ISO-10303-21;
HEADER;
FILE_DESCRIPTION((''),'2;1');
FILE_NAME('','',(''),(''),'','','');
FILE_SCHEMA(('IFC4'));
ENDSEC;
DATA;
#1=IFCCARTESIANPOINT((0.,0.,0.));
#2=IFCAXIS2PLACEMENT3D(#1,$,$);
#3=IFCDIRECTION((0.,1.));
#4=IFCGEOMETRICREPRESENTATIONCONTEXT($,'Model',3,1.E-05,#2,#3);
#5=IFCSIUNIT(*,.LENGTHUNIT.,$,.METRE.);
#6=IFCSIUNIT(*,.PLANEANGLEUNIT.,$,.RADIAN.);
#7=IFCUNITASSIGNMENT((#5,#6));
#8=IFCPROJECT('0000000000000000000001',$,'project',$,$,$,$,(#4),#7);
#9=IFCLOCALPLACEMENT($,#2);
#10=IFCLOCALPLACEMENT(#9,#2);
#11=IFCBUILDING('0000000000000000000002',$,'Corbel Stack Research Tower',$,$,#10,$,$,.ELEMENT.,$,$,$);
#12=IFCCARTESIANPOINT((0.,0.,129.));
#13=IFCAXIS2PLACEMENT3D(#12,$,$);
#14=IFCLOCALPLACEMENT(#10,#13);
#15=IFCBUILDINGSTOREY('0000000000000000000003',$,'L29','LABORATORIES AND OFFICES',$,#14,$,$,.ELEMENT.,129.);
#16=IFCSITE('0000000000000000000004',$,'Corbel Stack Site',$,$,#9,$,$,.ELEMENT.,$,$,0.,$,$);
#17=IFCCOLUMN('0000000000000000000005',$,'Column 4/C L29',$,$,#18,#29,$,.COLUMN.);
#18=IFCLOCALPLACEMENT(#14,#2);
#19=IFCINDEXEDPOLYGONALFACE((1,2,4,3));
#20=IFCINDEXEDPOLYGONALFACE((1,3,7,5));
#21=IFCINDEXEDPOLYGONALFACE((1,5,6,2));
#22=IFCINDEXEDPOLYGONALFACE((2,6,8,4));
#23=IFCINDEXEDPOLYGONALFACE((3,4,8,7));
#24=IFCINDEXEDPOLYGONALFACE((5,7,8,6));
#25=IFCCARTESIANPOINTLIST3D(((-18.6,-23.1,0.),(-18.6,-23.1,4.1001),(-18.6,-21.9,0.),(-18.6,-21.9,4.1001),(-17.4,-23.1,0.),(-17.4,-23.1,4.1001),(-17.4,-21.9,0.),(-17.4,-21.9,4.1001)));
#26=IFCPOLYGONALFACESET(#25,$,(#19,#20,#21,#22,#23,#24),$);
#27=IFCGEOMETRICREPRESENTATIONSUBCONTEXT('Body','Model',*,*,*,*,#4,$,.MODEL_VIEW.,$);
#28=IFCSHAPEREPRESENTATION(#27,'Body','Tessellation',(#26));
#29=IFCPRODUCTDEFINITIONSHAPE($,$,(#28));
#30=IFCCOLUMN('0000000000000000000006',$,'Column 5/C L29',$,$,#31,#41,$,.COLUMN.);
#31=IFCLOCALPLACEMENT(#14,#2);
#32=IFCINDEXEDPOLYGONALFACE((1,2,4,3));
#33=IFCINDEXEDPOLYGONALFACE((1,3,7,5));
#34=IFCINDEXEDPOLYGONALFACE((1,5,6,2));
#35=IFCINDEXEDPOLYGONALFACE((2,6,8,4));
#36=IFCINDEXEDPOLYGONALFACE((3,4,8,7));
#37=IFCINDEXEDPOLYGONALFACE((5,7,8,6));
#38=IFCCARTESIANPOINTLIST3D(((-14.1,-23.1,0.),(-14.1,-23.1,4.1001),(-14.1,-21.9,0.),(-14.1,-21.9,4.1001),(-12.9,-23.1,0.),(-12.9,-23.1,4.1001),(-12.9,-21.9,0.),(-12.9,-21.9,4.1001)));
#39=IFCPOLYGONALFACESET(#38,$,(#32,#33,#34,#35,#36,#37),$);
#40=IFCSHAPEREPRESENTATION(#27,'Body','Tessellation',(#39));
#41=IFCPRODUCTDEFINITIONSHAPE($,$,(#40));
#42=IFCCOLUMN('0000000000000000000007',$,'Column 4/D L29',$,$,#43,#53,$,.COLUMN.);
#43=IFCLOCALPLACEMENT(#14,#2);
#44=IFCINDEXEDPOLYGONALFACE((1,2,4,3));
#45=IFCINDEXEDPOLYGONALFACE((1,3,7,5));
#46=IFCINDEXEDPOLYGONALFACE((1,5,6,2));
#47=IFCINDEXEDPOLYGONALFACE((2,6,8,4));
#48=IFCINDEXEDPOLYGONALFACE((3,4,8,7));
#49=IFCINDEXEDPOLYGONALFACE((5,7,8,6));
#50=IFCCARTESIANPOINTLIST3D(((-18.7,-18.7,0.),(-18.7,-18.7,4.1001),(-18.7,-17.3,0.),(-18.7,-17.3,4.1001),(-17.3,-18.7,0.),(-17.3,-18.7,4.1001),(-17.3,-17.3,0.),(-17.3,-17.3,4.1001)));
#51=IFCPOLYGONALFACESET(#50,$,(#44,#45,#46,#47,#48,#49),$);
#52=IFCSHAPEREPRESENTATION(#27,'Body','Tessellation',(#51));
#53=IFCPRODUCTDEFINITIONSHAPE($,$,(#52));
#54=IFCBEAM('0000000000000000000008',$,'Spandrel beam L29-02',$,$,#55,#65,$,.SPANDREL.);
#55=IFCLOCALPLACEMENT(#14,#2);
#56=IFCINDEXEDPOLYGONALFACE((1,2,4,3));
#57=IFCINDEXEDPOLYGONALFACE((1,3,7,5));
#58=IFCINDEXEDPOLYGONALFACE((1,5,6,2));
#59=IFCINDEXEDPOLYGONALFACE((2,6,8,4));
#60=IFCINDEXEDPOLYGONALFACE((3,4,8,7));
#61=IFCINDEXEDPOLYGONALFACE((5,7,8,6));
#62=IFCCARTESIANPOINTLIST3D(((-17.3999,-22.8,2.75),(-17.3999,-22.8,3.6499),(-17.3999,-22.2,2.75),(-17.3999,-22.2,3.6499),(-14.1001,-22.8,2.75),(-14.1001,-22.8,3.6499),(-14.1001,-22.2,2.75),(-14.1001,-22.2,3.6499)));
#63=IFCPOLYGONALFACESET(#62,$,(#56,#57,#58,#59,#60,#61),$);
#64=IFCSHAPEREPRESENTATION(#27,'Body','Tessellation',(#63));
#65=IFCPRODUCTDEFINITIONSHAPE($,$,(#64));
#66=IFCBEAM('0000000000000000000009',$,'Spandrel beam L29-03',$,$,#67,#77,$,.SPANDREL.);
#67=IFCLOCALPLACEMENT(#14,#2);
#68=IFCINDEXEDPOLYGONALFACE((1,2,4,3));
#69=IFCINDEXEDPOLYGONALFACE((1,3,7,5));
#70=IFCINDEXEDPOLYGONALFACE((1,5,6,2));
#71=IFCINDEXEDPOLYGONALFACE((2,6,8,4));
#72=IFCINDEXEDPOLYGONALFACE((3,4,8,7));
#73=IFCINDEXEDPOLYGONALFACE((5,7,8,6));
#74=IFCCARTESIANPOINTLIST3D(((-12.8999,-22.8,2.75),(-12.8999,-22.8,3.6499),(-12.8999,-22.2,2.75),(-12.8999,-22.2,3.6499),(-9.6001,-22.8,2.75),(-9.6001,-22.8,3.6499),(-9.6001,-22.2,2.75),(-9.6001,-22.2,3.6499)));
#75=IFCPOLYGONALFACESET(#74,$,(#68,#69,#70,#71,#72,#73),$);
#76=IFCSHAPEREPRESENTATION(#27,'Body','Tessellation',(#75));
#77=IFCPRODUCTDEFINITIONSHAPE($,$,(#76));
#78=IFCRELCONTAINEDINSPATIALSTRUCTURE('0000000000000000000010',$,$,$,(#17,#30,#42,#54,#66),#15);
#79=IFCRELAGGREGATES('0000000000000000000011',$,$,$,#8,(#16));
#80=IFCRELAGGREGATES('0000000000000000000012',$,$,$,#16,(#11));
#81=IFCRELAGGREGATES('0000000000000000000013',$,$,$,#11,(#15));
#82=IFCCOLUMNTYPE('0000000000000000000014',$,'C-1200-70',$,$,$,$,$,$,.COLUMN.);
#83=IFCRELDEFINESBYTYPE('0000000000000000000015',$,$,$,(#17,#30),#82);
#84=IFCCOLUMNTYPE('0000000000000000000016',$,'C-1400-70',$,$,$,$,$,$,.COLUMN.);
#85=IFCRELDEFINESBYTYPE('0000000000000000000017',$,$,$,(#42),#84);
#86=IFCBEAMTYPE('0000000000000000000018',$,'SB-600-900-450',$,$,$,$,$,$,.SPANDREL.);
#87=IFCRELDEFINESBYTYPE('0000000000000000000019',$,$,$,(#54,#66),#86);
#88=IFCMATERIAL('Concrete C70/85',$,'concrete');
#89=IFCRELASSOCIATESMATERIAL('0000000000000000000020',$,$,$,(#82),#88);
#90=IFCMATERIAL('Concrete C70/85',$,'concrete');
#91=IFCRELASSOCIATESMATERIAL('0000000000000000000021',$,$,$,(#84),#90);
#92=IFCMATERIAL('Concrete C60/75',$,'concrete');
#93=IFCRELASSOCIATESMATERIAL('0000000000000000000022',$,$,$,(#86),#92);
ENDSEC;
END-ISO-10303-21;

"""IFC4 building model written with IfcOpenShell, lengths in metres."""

from ifc_helpers import new_model, si_unit, direction, frame, origin, origin_2d, place, context, subcontext, project, spatial, rectangle, extrude, material, material_profile, profile_set, type_object, element, save


model = new_model("IFC4")

# Units and contexts
model_context = context("Model", 3, precision=1e-05, world=origin(), true_north=direction((0.0, 1.0)))
body_context = subcontext(model_context, "Body", "Model", "MODEL_VIEW")
ifc_project = project(units=[si_unit("LENGTHUNIT", "METRE"), si_unit("PLANEANGLEUNIT", "RADIAN")], contexts=[model_context])

# Site, building, storey
site_placement = place(None, origin())
site = spatial("IfcSite", under=ifc_project, at=site_placement, Name="Corbel Stack Site", CompositionType="ELEMENT", RefElevation=0.0)
building_placement = place(site_placement, origin())
building = spatial("IfcBuilding", under=site, at=building_placement, Name="Corbel Stack Research Tower", CompositionType="ELEMENT")
storey_placement = place(building_placement, frame((0.0, 0.0, 129.0)))
storey = spatial("IfcBuildingStorey", under=building, at=storey_placement, Name="L29", Description="LABORATORIES AND OFFICES", CompositionType="ELEMENT", Elevation=129.0)

# Columns
ifc_material_1 = material(Name="Concrete C70/85", Category="concrete")
ifc_material_profile_1 = material_profile(ifc_material_1, rectangle(XDim=1.2, YDim=1.2, at=origin_2d()), Name="RC 1200 x 1200")
ifc_profile_set_1 = profile_set([ifc_material_profile_1], Name="Concrete C70/85")
column_type_1 = type_object("IfcColumnType", Name="C-1200-70", PredefinedType="COLUMN", material=ifc_profile_set_1)
for number, where, z_axis, x_axis, name in (
    (1, (-18.0, -22.5, 0.0), (0.0, 0.0, 1.0), (1.0, 0.0, 0.0), "Column 4/C L29"),
    (2, (-13.5, -22.5, 0.0), (0.0, 0.0, 1.0), (1.0, 0.0, 0.0), "Column 5/C L29"),
):
    element("IfcColumn", number, at=place(storey_placement, frame(where, z_axis=z_axis, x_axis=x_axis)), inside=storey, type_object=column_type_1, Name=name, PredefinedType="COLUMN", context=body_context, shape_type="SweptSolid", body=[
        extrude(rectangle(XDim=1.2, YDim=1.2, at=origin_2d()), origin(), (0.0, 0.0, 1.0), 4.1001),
    ])
ifc_material_2 = material(Name="Concrete C70/85", Category="concrete")
ifc_material_profile_2 = material_profile(ifc_material_2, rectangle(XDim=1.3999, YDim=1.3999, at=origin_2d()), Name="RC 1400 x 1400")
ifc_profile_set_2 = profile_set([ifc_material_profile_2], Name="Concrete C70/85")
column_type_2 = type_object("IfcColumnType", Name="C-1400-70", PredefinedType="COLUMN", material=ifc_profile_set_2)
column_placement = place(storey_placement, frame((-18.0, -18.0, 0.0), z_axis=(0.0, 0.0, 1.0), x_axis=(1.0, 0.0, 0.0)))
element("IfcColumn", 3, at=column_placement, inside=storey, type_object=column_type_2, Name="Column 4/D L29", PredefinedType="COLUMN", context=body_context, shape_type="SweptSolid", body=[
    extrude(rectangle(XDim=1.3999, YDim=1.3999, at=origin_2d()), origin(), (0.0, 0.0, 1.0), 4.1001),
])

# Beams
ifc_material_3 = material(Name="Concrete C60/75", Category="concrete")
ifc_material_profile_3 = material_profile(ifc_material_3, rectangle(XDim=0.6001, YDim=0.8999, at=origin_2d()), Name="RC 600 x 900")
ifc_profile_set_3 = profile_set([ifc_material_profile_3], Name="Concrete C60/75")
beam_type = type_object("IfcBeamType", Name="SB-600-900-450", PredefinedType="SPANDREL", material=ifc_profile_set_3)
for number, where, z_axis, x_axis, name in (
    (4, (-17.3999, -22.5, 3.2), (1.0, 0.0, 0.0), (0.0, 1.0, 0.0), "Spandrel beam L29-02"),
    (5, (-12.8999, -22.5, 3.2), (1.0, 0.0, 0.0), (0.0, 1.0, 0.0), "Spandrel beam L29-03"),
):
    element("IfcBeam", number, at=place(storey_placement, frame(where, z_axis=z_axis, x_axis=x_axis)), inside=storey, type_object=beam_type, Name=name, PredefinedType="SPANDREL", context=body_context, shape_type="SweptSolid", body=[
        extrude(rectangle(XDim=0.6001, YDim=0.8999, at=origin_2d()), origin(), (0.0, 0.0, 1.0), 3.2998),
    ])

save(model, "model.ifc")
